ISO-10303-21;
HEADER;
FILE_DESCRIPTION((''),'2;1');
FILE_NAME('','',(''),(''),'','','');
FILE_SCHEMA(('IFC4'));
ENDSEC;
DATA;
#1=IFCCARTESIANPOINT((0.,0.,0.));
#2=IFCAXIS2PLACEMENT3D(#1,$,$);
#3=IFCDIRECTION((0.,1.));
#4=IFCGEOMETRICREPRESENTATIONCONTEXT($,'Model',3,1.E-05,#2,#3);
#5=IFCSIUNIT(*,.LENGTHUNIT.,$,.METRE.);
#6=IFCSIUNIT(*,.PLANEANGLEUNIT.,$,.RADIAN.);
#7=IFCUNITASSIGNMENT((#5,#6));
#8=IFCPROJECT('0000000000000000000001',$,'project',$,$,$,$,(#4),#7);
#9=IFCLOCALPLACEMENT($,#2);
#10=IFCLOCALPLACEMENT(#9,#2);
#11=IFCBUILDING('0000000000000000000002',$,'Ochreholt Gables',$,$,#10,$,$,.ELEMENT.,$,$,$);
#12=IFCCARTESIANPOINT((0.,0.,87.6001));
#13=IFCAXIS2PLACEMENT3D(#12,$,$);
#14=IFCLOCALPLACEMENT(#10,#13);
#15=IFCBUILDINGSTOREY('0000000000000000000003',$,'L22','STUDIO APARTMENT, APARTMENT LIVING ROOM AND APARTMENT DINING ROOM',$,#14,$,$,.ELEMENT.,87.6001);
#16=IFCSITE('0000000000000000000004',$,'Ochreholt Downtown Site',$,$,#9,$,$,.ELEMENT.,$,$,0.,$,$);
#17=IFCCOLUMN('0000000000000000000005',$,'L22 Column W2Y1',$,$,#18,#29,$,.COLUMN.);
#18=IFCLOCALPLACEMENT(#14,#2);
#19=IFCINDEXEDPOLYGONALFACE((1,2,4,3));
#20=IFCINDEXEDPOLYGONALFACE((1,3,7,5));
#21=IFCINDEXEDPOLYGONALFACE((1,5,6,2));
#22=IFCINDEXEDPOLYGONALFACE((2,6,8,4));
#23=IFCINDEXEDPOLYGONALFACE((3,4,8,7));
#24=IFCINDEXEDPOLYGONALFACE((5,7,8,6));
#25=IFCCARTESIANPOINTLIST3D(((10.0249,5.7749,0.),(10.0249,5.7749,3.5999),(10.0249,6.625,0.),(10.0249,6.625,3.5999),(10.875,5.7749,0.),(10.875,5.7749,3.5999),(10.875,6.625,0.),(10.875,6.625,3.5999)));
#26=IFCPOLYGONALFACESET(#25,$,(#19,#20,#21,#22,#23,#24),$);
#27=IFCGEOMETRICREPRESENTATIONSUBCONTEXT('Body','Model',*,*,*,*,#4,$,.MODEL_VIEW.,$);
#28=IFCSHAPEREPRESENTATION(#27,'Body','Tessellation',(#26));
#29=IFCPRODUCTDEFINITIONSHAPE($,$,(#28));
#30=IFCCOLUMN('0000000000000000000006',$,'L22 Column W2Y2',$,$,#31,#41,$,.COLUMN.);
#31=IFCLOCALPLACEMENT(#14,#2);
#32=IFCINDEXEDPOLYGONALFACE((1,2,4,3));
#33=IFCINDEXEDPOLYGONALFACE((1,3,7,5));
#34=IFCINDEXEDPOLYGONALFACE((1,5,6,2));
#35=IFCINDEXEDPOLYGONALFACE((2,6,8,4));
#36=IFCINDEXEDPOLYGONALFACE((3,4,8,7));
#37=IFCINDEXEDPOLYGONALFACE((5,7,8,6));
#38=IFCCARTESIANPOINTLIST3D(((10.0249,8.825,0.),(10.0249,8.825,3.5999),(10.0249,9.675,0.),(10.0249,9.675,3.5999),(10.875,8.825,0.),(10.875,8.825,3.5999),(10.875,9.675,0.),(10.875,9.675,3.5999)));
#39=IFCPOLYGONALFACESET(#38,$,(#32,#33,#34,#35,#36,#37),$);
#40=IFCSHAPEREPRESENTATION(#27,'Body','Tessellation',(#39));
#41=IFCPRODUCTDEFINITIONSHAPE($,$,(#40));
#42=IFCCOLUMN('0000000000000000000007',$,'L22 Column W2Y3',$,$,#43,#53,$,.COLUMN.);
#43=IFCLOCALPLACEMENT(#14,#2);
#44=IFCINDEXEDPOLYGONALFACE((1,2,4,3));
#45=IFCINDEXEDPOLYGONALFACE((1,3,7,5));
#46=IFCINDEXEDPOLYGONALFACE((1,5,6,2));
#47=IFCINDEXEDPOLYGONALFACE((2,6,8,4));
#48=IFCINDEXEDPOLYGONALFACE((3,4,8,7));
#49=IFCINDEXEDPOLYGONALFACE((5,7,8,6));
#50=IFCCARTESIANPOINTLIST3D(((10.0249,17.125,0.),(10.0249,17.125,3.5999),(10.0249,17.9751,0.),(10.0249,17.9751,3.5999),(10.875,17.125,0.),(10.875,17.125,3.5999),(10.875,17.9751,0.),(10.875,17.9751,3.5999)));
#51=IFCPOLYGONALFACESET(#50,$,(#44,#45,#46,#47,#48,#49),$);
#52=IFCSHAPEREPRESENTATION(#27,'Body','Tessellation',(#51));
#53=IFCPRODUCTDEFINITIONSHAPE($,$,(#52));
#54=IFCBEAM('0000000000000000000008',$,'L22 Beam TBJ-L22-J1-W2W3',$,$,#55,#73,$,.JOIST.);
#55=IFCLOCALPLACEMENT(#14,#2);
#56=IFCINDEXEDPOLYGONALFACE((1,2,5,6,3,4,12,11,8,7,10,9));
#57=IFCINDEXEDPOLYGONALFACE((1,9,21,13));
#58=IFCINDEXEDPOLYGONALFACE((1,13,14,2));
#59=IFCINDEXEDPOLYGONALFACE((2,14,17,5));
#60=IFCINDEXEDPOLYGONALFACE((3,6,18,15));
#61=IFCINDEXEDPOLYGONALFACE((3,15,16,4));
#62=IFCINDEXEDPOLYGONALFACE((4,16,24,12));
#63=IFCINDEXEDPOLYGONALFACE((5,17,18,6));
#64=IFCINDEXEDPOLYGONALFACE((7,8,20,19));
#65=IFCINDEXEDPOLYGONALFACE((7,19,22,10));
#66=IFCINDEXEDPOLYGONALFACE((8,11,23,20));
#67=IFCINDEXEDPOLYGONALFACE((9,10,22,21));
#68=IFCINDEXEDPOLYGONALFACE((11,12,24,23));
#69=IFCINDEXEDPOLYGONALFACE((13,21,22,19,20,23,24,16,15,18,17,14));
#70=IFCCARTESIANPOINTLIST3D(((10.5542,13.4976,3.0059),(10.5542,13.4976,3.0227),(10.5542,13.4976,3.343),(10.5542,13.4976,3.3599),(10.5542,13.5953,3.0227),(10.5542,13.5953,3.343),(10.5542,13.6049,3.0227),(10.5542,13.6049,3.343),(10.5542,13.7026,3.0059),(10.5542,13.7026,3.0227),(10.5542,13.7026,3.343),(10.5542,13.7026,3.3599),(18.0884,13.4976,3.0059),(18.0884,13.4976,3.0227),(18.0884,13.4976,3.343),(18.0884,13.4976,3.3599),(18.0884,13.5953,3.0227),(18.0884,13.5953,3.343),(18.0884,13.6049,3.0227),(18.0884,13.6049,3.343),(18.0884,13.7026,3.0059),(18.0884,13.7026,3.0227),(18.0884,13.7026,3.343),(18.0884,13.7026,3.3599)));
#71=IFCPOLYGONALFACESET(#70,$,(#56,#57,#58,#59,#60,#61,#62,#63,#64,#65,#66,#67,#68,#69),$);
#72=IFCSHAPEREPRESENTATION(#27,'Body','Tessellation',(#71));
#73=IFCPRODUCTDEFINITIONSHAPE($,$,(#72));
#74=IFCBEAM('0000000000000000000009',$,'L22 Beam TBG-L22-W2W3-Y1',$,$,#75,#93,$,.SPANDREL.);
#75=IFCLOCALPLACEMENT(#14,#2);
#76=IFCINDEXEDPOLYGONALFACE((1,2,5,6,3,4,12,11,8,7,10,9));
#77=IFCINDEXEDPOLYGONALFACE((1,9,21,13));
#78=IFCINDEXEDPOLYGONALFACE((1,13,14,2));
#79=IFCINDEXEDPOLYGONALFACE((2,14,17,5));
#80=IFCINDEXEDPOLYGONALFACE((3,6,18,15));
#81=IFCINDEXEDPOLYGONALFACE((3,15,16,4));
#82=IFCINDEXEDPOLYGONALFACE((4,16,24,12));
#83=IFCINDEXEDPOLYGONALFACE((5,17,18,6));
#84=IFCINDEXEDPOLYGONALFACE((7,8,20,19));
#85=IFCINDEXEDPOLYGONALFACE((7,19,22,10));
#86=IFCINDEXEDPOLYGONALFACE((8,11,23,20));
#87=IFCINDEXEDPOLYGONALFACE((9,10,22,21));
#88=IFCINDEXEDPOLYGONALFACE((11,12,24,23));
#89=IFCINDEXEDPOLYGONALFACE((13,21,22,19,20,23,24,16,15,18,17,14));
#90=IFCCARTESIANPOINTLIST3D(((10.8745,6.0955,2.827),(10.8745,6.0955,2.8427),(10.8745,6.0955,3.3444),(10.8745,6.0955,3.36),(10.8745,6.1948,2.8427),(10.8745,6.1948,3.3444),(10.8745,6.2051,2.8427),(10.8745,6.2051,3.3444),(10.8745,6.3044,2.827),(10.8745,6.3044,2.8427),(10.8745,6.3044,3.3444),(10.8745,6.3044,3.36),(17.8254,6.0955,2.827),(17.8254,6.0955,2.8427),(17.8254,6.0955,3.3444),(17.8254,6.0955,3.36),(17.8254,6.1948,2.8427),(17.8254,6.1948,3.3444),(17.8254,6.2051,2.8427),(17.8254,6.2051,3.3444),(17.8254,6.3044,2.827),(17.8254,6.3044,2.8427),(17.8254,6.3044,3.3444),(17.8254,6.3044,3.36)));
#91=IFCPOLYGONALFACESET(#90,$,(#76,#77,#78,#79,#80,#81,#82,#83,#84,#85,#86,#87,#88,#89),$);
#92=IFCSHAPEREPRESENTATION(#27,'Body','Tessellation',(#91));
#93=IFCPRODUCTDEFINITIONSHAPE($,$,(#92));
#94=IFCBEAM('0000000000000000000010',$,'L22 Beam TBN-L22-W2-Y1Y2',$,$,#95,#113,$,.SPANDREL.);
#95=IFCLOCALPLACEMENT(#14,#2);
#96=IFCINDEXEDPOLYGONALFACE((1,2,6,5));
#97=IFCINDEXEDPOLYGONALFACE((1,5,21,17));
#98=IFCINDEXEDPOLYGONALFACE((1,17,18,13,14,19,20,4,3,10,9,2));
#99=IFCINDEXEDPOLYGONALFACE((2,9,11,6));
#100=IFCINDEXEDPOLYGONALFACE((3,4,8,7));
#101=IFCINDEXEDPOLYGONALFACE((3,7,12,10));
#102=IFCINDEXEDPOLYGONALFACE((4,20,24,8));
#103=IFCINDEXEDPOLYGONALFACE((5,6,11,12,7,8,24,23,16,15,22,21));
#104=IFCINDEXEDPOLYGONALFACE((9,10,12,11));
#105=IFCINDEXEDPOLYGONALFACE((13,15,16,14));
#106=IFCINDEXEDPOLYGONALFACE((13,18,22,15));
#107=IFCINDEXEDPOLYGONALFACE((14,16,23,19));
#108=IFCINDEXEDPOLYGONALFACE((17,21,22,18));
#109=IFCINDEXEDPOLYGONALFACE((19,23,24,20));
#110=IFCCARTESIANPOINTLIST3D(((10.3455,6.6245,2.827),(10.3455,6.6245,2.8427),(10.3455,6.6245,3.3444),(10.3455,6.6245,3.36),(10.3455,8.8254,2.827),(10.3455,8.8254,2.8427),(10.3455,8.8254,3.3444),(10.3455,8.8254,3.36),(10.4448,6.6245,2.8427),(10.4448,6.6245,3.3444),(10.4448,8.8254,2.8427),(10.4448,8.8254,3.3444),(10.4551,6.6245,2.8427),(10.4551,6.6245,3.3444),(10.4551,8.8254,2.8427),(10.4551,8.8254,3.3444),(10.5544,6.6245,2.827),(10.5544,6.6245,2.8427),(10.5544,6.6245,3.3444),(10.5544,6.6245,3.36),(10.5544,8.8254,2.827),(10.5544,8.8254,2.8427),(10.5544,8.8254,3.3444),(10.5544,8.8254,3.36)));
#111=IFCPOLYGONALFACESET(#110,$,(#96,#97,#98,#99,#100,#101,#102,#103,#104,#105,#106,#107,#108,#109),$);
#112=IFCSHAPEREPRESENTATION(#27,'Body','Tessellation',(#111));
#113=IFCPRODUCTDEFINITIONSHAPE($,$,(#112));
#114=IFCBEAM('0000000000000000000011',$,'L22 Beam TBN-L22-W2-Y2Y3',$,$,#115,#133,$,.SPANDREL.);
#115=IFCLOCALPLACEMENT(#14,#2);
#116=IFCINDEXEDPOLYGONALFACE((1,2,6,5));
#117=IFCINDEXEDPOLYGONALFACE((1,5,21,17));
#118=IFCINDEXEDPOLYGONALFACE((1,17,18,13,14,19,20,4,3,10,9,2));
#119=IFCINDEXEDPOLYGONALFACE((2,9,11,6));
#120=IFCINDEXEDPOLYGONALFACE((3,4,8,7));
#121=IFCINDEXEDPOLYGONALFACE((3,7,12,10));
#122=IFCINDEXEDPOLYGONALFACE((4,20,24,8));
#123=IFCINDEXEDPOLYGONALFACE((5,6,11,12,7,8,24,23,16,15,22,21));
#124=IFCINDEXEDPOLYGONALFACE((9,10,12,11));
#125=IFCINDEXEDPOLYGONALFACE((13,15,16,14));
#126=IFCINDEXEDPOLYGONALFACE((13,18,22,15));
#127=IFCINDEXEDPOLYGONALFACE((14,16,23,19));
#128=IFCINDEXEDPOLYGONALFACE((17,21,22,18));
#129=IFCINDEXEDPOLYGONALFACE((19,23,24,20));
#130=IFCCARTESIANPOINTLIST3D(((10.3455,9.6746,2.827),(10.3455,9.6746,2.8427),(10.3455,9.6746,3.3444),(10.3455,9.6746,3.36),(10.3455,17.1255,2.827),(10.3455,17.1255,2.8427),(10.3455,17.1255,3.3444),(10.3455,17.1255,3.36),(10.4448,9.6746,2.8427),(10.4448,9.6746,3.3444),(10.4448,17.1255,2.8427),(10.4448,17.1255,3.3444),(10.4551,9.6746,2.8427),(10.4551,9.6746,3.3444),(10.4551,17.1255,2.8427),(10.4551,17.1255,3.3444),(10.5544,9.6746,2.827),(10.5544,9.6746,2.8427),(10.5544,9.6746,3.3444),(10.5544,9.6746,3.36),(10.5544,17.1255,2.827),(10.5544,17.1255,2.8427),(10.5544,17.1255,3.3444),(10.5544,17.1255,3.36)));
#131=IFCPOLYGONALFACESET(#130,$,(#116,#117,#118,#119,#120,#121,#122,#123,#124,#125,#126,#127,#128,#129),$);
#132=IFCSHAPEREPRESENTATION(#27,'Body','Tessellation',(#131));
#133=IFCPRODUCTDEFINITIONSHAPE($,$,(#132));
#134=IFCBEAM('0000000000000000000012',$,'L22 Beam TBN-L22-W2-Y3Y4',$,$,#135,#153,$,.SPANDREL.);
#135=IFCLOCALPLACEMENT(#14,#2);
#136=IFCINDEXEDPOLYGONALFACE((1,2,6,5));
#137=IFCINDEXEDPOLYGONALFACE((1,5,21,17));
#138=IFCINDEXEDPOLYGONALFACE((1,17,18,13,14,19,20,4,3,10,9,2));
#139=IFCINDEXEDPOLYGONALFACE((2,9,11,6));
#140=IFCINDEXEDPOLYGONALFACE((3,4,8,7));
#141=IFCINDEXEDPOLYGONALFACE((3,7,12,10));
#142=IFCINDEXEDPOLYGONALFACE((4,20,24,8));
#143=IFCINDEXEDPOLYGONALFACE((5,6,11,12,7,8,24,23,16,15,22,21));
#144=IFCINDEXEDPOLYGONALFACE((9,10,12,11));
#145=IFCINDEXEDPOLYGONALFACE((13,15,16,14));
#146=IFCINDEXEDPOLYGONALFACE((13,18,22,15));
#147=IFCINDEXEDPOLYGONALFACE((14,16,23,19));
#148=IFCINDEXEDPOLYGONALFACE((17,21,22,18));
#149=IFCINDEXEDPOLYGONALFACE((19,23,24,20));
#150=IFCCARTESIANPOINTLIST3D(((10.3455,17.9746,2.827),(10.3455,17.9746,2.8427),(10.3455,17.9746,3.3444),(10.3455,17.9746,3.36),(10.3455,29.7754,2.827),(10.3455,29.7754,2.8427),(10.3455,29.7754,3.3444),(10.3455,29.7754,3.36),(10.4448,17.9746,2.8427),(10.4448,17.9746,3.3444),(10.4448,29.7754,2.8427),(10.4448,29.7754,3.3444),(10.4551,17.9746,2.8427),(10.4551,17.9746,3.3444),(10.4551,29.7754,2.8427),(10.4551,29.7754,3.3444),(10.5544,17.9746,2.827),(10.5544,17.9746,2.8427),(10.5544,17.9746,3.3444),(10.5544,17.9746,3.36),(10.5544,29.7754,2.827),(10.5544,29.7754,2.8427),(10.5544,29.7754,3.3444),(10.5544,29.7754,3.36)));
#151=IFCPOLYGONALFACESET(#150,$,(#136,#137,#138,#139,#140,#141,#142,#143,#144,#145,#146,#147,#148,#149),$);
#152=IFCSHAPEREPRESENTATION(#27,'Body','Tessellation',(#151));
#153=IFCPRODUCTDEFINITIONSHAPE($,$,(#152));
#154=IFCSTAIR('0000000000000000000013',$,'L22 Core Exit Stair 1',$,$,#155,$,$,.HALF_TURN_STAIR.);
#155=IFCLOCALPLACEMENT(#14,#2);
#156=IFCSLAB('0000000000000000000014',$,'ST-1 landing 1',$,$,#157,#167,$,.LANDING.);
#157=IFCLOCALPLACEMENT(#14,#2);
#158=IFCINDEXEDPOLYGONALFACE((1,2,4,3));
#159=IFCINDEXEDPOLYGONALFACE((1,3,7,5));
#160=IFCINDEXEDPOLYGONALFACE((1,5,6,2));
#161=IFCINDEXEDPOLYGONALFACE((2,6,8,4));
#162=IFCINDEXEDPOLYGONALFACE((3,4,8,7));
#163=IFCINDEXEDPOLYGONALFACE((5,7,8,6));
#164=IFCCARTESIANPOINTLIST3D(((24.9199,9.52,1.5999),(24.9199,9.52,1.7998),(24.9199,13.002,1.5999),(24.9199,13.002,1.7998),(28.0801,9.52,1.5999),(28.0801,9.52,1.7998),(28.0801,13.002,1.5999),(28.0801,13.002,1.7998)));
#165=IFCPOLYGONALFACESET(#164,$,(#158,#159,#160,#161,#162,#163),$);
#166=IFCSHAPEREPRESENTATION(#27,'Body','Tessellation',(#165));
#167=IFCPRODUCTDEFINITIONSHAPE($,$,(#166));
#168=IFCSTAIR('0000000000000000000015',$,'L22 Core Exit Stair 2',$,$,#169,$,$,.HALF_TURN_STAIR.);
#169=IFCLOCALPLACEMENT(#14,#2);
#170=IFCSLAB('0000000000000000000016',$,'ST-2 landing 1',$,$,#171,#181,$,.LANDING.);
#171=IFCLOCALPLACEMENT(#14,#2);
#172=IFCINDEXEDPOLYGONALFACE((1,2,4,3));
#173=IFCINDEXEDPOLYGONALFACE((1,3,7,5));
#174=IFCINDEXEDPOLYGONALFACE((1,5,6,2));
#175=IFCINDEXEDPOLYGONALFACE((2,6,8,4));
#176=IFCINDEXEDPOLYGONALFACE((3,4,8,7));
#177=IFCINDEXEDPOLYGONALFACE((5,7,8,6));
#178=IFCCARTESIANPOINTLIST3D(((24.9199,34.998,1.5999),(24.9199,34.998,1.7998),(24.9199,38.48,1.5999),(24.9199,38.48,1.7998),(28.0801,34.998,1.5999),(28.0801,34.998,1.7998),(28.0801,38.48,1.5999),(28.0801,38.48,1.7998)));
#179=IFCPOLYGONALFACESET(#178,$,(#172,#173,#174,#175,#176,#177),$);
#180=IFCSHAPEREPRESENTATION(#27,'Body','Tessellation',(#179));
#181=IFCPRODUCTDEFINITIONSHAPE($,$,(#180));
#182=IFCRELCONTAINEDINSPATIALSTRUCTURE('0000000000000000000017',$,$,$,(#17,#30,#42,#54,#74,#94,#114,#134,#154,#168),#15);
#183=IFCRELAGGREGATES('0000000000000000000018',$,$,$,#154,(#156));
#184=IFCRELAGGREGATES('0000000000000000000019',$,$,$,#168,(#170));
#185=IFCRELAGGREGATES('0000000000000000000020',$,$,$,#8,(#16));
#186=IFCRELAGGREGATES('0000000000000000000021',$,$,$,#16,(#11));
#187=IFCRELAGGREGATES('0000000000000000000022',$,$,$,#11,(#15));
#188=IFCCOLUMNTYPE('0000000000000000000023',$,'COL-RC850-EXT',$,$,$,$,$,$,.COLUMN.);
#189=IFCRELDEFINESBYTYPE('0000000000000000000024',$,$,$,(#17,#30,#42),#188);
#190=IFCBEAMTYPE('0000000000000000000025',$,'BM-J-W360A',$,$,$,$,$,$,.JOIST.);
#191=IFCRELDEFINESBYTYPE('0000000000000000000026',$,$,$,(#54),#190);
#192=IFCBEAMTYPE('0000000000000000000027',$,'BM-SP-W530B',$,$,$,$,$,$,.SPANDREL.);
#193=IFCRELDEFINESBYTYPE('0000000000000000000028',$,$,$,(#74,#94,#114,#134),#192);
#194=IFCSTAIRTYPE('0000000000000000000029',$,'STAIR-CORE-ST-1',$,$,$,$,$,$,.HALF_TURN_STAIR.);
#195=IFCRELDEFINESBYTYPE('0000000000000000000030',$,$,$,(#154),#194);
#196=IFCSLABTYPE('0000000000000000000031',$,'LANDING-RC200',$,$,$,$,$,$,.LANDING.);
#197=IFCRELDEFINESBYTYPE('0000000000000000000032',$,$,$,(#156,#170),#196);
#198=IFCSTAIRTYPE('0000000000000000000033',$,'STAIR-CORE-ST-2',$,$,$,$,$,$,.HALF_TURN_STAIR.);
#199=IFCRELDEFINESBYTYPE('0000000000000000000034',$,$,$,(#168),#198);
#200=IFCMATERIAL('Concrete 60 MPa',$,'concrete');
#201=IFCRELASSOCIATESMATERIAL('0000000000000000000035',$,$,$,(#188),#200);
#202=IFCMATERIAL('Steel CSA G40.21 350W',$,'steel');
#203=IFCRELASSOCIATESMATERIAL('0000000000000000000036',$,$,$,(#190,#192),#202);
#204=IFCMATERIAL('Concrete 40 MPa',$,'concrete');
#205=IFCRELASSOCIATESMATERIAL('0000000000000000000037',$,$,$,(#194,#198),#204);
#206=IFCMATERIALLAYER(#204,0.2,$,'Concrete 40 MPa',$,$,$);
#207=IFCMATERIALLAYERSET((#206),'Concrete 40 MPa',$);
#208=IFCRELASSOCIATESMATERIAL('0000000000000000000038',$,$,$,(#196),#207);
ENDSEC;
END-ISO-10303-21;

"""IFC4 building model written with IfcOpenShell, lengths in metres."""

from ifc_helpers import new_model, si_unit, direction, frame, origin, origin_2d, place, context, subcontext, project, spatial, polyline, rectangle, i_section, outline, extrude, material, layer, layer_set, material_profile, profile_set, type_object, element, aggregate, save


model = new_model("IFC4")

# Units and contexts
model_context = context("Model", 3, precision=1e-05, world=origin(), true_north=direction((0.0, 1.0)))
body_context = subcontext(model_context, "Body", "Model", "MODEL_VIEW")
ifc_project = project(units=[si_unit("LENGTHUNIT", "METRE"), si_unit("PLANEANGLEUNIT", "RADIAN")], contexts=[model_context])

# Site, building, storey
site_placement = place(None, origin())
site = spatial("IfcSite", under=ifc_project, at=site_placement, Name="Ochreholt Downtown Site", CompositionType="ELEMENT", RefElevation=0.0)
building_placement = place(site_placement, origin())
building = spatial("IfcBuilding", under=site, at=building_placement, Name="Ochreholt Gables", CompositionType="ELEMENT")
storey_placement = place(building_placement, frame((0.0, 0.0, 87.6001)))
storey = spatial("IfcBuildingStorey", under=building, at=storey_placement, Name="L22", Description="STUDIO APARTMENT, APARTMENT LIVING ROOM AND APARTMENT DINING ROOM", CompositionType="ELEMENT", Elevation=87.6001)

# Columns
ifc_material_1 = material(Name="Concrete 60 MPa", Category="concrete")
ifc_material_profile_1 = material_profile(ifc_material_1, rectangle(XDim=0.8501, YDim=0.8501, at=origin_2d()), Name="RC850X850")
ifc_profile_set_1 = profile_set([ifc_material_profile_1], Name="Concrete 60 MPa")
column_type = type_object("IfcColumnType", Name="COL-RC850-EXT", PredefinedType="COLUMN", material=ifc_profile_set_1)
for number, where, z_axis, x_axis, name in (
    (1, (10.45, 6.2, 0.0), (0.0, 0.0, 1.0), (1.0, 0.0, 0.0), "L22 Column W2Y1"),
    (2, (10.45, 9.25, 0.0), (0.0, 0.0, 1.0), (1.0, 0.0, 0.0), "L22 Column W2Y2"),
    (3, (10.45, 17.55, 0.0), (0.0, 0.0, 1.0), (1.0, 0.0, 0.0), "L22 Column W2Y3"),
):
    element("IfcColumn", number, at=place(storey_placement, frame(where, z_axis=z_axis, x_axis=x_axis)), inside=storey, type_object=column_type, Name=name, PredefinedType="COLUMN", context=body_context, shape_type="SweptSolid", body=[
        extrude(rectangle(XDim=0.8501, YDim=0.8501, at=origin_2d()), origin(), (0.0, 0.0, 1.0), 3.5999),
    ])

# Beams
ifc_material_2 = material(Name="Steel CSA G40.21 350W", Category="steel")
ifc_material_profile_2 = material_profile(ifc_material_2, i_section(OverallWidth=0.2051, OverallDepth=0.354, WebThickness=0.0095, FlangeThickness=0.0168, at=origin_2d()), Name="W360X79")
ifc_profile_set_2 = profile_set([ifc_material_profile_2], Name="Steel CSA G40.21 350W")
beam_type_1 = type_object("IfcBeamType", Name="BM-J-W360A", PredefinedType="JOIST", material=ifc_profile_set_2)
beam_1_placement = place(storey_placement, frame((10.5542, 13.6001, 3.1829), z_axis=(1.0, 0.0, 0.0), x_axis=(0.0, 1.0, 0.0)))
element("IfcBeam", 4, at=beam_1_placement, inside=storey, type_object=beam_type_1, Name="L22 Beam TBJ-L22-J1-W2W3", PredefinedType="JOIST", context=body_context, shape_type="SweptSolid", body=[
    extrude(i_section(OverallWidth=0.2051, OverallDepth=0.354, WebThickness=0.0095, FlangeThickness=0.0168, at=origin_2d()), origin(), (0.0, 0.0, 1.0), 7.5342),
])
ifc_material_profile_3 = material_profile(ifc_material_2, i_section(OverallWidth=0.209, OverallDepth=0.533, WebThickness=0.0103, FlangeThickness=0.0156, at=origin_2d()), Name="W530X92")
ifc_profile_set_3 = profile_set([ifc_material_profile_3], Name="Steel CSA G40.21 350W")
beam_type_2 = type_object("IfcBeamType", Name="BM-SP-W530B", PredefinedType="SPANDREL", material=ifc_profile_set_3)
beam_2_placement = place(storey_placement, frame((10.8745, 6.2, 3.0935), z_axis=(1.0, 0.0, 0.0), x_axis=(0.0, 1.0, 0.0)))
element("IfcBeam", 5, at=beam_2_placement, inside=storey, type_object=beam_type_2, Name="L22 Beam TBG-L22-W2W3-Y1", PredefinedType="SPANDREL", context=body_context, shape_type="SweptSolid", body=[
    extrude(i_section(OverallWidth=0.209, OverallDepth=0.533, WebThickness=0.0103, FlangeThickness=0.0156, at=origin_2d()), origin(), (0.0, 0.0, 1.0), 6.9509),
])
beam_3_placement = place(storey_placement, frame((10.45, 6.6245, 3.0935), z_axis=(0.0, 1.0, 0.0), x_axis=(-1.0, 0.0, 0.0)))
element("IfcBeam", 6, at=beam_3_placement, inside=storey, type_object=beam_type_2, Name="L22 Beam TBN-L22-W2-Y1Y2", PredefinedType="SPANDREL", context=body_context, shape_type="SweptSolid", body=[
    extrude(i_section(OverallWidth=0.209, OverallDepth=0.533, WebThickness=0.0103, FlangeThickness=0.0156, at=origin_2d()), origin(), (0.0, 0.0, 1.0), 2.2009),
])
beam_4_placement = place(storey_placement, frame((10.45, 9.6746, 3.0935), z_axis=(0.0, 1.0, 0.0), x_axis=(-1.0, 0.0, 0.0)))
element("IfcBeam", 7, at=beam_4_placement, inside=storey, type_object=beam_type_2, Name="L22 Beam TBN-L22-W2-Y2Y3", PredefinedType="SPANDREL", context=body_context, shape_type="SweptSolid", body=[
    extrude(i_section(OverallWidth=0.209, OverallDepth=0.533, WebThickness=0.0103, FlangeThickness=0.0156, at=origin_2d()), origin(), (0.0, 0.0, 1.0), 7.4509),
])
beam_5_placement = place(storey_placement, frame((10.45, 17.9746, 3.0935), z_axis=(0.0, 1.0, 0.0), x_axis=(-1.0, 0.0, 0.0)))
element("IfcBeam", 8, at=beam_5_placement, inside=storey, type_object=beam_type_2, Name="L22 Beam TBN-L22-W2-Y3Y4", PredefinedType="SPANDREL", context=body_context, shape_type="SweptSolid", body=[
    extrude(i_section(OverallWidth=0.209, OverallDepth=0.533, WebThickness=0.0103, FlangeThickness=0.0156, at=origin_2d()), origin(), (0.0, 0.0, 1.0), 11.8008),
])

# Stairs, slabs
ifc_material_3 = material(Name="Concrete 40 MPa", Category="concrete")
stair_type_1 = type_object("IfcStairType", Name="STAIR-CORE-ST-1", PredefinedType="HALF_TURN_STAIR", material=ifc_material_3)
stair_1_placement = place(storey_placement, origin())
stair_1 = element("IfcStair", 9, at=stair_1_placement, inside=storey, type_object=stair_type_1, Name="L22 Core Exit Stair 1", PredefinedType="HALF_TURN_STAIR")
ifc_layer_1 = layer(ifc_material_3, 0.2, Name="Concrete 40 MPa")
ifc_layer_set_1 = layer_set([ifc_layer_1], Name="Concrete 40 MPa")
slab_type_1 = type_object("IfcSlabType", Name="LANDING-RC200", PredefinedType="LANDING", material=ifc_layer_set_1)
slab_1_placement = place(storey_placement, frame((0.0, 0.0, 1.5999)))
slab_1 = element("IfcSlab", 10, at=slab_1_placement, type_object=slab_type_1, Name="ST-1 landing 1", PredefinedType="LANDING", context=body_context, shape_type="SweptSolid", body=[
    extrude(outline(polyline([(24.9199, 13.002), (24.9199, 9.52), (28.0801, 9.52), (28.0801, 13.002), (24.9199, 13.002)])), origin(), (0.0, 0.0, 1.0), 0.2),
])
aggregate(stair_1, [slab_1])
stair_type_2 = type_object("IfcStairType", Name="STAIR-CORE-ST-2", PredefinedType="HALF_TURN_STAIR", material=ifc_material_3)
stair_2_placement = place(storey_placement, origin())
stair_2 = element("IfcStair", 11, at=stair_2_placement, inside=storey, type_object=stair_type_2, Name="L22 Core Exit Stair 2", PredefinedType="HALF_TURN_STAIR")
slab_2_placement = place(storey_placement, frame((0.0, 0.0, 1.5999)))
slab_2 = element("IfcSlab", 12, at=slab_2_placement, type_object=slab_type_1, Name="ST-2 landing 1", PredefinedType="LANDING", context=body_context, shape_type="SweptSolid", body=[
    extrude(outline(polyline([(28.0801, 34.998), (28.0801, 38.48), (24.9199, 38.48), (24.9199, 34.998), (28.0801, 34.998)])), origin(), (0.0, 0.0, 1.0), 0.2),
])
aggregate(stair_2, [slab_2])

save(model, "model.ifc")
